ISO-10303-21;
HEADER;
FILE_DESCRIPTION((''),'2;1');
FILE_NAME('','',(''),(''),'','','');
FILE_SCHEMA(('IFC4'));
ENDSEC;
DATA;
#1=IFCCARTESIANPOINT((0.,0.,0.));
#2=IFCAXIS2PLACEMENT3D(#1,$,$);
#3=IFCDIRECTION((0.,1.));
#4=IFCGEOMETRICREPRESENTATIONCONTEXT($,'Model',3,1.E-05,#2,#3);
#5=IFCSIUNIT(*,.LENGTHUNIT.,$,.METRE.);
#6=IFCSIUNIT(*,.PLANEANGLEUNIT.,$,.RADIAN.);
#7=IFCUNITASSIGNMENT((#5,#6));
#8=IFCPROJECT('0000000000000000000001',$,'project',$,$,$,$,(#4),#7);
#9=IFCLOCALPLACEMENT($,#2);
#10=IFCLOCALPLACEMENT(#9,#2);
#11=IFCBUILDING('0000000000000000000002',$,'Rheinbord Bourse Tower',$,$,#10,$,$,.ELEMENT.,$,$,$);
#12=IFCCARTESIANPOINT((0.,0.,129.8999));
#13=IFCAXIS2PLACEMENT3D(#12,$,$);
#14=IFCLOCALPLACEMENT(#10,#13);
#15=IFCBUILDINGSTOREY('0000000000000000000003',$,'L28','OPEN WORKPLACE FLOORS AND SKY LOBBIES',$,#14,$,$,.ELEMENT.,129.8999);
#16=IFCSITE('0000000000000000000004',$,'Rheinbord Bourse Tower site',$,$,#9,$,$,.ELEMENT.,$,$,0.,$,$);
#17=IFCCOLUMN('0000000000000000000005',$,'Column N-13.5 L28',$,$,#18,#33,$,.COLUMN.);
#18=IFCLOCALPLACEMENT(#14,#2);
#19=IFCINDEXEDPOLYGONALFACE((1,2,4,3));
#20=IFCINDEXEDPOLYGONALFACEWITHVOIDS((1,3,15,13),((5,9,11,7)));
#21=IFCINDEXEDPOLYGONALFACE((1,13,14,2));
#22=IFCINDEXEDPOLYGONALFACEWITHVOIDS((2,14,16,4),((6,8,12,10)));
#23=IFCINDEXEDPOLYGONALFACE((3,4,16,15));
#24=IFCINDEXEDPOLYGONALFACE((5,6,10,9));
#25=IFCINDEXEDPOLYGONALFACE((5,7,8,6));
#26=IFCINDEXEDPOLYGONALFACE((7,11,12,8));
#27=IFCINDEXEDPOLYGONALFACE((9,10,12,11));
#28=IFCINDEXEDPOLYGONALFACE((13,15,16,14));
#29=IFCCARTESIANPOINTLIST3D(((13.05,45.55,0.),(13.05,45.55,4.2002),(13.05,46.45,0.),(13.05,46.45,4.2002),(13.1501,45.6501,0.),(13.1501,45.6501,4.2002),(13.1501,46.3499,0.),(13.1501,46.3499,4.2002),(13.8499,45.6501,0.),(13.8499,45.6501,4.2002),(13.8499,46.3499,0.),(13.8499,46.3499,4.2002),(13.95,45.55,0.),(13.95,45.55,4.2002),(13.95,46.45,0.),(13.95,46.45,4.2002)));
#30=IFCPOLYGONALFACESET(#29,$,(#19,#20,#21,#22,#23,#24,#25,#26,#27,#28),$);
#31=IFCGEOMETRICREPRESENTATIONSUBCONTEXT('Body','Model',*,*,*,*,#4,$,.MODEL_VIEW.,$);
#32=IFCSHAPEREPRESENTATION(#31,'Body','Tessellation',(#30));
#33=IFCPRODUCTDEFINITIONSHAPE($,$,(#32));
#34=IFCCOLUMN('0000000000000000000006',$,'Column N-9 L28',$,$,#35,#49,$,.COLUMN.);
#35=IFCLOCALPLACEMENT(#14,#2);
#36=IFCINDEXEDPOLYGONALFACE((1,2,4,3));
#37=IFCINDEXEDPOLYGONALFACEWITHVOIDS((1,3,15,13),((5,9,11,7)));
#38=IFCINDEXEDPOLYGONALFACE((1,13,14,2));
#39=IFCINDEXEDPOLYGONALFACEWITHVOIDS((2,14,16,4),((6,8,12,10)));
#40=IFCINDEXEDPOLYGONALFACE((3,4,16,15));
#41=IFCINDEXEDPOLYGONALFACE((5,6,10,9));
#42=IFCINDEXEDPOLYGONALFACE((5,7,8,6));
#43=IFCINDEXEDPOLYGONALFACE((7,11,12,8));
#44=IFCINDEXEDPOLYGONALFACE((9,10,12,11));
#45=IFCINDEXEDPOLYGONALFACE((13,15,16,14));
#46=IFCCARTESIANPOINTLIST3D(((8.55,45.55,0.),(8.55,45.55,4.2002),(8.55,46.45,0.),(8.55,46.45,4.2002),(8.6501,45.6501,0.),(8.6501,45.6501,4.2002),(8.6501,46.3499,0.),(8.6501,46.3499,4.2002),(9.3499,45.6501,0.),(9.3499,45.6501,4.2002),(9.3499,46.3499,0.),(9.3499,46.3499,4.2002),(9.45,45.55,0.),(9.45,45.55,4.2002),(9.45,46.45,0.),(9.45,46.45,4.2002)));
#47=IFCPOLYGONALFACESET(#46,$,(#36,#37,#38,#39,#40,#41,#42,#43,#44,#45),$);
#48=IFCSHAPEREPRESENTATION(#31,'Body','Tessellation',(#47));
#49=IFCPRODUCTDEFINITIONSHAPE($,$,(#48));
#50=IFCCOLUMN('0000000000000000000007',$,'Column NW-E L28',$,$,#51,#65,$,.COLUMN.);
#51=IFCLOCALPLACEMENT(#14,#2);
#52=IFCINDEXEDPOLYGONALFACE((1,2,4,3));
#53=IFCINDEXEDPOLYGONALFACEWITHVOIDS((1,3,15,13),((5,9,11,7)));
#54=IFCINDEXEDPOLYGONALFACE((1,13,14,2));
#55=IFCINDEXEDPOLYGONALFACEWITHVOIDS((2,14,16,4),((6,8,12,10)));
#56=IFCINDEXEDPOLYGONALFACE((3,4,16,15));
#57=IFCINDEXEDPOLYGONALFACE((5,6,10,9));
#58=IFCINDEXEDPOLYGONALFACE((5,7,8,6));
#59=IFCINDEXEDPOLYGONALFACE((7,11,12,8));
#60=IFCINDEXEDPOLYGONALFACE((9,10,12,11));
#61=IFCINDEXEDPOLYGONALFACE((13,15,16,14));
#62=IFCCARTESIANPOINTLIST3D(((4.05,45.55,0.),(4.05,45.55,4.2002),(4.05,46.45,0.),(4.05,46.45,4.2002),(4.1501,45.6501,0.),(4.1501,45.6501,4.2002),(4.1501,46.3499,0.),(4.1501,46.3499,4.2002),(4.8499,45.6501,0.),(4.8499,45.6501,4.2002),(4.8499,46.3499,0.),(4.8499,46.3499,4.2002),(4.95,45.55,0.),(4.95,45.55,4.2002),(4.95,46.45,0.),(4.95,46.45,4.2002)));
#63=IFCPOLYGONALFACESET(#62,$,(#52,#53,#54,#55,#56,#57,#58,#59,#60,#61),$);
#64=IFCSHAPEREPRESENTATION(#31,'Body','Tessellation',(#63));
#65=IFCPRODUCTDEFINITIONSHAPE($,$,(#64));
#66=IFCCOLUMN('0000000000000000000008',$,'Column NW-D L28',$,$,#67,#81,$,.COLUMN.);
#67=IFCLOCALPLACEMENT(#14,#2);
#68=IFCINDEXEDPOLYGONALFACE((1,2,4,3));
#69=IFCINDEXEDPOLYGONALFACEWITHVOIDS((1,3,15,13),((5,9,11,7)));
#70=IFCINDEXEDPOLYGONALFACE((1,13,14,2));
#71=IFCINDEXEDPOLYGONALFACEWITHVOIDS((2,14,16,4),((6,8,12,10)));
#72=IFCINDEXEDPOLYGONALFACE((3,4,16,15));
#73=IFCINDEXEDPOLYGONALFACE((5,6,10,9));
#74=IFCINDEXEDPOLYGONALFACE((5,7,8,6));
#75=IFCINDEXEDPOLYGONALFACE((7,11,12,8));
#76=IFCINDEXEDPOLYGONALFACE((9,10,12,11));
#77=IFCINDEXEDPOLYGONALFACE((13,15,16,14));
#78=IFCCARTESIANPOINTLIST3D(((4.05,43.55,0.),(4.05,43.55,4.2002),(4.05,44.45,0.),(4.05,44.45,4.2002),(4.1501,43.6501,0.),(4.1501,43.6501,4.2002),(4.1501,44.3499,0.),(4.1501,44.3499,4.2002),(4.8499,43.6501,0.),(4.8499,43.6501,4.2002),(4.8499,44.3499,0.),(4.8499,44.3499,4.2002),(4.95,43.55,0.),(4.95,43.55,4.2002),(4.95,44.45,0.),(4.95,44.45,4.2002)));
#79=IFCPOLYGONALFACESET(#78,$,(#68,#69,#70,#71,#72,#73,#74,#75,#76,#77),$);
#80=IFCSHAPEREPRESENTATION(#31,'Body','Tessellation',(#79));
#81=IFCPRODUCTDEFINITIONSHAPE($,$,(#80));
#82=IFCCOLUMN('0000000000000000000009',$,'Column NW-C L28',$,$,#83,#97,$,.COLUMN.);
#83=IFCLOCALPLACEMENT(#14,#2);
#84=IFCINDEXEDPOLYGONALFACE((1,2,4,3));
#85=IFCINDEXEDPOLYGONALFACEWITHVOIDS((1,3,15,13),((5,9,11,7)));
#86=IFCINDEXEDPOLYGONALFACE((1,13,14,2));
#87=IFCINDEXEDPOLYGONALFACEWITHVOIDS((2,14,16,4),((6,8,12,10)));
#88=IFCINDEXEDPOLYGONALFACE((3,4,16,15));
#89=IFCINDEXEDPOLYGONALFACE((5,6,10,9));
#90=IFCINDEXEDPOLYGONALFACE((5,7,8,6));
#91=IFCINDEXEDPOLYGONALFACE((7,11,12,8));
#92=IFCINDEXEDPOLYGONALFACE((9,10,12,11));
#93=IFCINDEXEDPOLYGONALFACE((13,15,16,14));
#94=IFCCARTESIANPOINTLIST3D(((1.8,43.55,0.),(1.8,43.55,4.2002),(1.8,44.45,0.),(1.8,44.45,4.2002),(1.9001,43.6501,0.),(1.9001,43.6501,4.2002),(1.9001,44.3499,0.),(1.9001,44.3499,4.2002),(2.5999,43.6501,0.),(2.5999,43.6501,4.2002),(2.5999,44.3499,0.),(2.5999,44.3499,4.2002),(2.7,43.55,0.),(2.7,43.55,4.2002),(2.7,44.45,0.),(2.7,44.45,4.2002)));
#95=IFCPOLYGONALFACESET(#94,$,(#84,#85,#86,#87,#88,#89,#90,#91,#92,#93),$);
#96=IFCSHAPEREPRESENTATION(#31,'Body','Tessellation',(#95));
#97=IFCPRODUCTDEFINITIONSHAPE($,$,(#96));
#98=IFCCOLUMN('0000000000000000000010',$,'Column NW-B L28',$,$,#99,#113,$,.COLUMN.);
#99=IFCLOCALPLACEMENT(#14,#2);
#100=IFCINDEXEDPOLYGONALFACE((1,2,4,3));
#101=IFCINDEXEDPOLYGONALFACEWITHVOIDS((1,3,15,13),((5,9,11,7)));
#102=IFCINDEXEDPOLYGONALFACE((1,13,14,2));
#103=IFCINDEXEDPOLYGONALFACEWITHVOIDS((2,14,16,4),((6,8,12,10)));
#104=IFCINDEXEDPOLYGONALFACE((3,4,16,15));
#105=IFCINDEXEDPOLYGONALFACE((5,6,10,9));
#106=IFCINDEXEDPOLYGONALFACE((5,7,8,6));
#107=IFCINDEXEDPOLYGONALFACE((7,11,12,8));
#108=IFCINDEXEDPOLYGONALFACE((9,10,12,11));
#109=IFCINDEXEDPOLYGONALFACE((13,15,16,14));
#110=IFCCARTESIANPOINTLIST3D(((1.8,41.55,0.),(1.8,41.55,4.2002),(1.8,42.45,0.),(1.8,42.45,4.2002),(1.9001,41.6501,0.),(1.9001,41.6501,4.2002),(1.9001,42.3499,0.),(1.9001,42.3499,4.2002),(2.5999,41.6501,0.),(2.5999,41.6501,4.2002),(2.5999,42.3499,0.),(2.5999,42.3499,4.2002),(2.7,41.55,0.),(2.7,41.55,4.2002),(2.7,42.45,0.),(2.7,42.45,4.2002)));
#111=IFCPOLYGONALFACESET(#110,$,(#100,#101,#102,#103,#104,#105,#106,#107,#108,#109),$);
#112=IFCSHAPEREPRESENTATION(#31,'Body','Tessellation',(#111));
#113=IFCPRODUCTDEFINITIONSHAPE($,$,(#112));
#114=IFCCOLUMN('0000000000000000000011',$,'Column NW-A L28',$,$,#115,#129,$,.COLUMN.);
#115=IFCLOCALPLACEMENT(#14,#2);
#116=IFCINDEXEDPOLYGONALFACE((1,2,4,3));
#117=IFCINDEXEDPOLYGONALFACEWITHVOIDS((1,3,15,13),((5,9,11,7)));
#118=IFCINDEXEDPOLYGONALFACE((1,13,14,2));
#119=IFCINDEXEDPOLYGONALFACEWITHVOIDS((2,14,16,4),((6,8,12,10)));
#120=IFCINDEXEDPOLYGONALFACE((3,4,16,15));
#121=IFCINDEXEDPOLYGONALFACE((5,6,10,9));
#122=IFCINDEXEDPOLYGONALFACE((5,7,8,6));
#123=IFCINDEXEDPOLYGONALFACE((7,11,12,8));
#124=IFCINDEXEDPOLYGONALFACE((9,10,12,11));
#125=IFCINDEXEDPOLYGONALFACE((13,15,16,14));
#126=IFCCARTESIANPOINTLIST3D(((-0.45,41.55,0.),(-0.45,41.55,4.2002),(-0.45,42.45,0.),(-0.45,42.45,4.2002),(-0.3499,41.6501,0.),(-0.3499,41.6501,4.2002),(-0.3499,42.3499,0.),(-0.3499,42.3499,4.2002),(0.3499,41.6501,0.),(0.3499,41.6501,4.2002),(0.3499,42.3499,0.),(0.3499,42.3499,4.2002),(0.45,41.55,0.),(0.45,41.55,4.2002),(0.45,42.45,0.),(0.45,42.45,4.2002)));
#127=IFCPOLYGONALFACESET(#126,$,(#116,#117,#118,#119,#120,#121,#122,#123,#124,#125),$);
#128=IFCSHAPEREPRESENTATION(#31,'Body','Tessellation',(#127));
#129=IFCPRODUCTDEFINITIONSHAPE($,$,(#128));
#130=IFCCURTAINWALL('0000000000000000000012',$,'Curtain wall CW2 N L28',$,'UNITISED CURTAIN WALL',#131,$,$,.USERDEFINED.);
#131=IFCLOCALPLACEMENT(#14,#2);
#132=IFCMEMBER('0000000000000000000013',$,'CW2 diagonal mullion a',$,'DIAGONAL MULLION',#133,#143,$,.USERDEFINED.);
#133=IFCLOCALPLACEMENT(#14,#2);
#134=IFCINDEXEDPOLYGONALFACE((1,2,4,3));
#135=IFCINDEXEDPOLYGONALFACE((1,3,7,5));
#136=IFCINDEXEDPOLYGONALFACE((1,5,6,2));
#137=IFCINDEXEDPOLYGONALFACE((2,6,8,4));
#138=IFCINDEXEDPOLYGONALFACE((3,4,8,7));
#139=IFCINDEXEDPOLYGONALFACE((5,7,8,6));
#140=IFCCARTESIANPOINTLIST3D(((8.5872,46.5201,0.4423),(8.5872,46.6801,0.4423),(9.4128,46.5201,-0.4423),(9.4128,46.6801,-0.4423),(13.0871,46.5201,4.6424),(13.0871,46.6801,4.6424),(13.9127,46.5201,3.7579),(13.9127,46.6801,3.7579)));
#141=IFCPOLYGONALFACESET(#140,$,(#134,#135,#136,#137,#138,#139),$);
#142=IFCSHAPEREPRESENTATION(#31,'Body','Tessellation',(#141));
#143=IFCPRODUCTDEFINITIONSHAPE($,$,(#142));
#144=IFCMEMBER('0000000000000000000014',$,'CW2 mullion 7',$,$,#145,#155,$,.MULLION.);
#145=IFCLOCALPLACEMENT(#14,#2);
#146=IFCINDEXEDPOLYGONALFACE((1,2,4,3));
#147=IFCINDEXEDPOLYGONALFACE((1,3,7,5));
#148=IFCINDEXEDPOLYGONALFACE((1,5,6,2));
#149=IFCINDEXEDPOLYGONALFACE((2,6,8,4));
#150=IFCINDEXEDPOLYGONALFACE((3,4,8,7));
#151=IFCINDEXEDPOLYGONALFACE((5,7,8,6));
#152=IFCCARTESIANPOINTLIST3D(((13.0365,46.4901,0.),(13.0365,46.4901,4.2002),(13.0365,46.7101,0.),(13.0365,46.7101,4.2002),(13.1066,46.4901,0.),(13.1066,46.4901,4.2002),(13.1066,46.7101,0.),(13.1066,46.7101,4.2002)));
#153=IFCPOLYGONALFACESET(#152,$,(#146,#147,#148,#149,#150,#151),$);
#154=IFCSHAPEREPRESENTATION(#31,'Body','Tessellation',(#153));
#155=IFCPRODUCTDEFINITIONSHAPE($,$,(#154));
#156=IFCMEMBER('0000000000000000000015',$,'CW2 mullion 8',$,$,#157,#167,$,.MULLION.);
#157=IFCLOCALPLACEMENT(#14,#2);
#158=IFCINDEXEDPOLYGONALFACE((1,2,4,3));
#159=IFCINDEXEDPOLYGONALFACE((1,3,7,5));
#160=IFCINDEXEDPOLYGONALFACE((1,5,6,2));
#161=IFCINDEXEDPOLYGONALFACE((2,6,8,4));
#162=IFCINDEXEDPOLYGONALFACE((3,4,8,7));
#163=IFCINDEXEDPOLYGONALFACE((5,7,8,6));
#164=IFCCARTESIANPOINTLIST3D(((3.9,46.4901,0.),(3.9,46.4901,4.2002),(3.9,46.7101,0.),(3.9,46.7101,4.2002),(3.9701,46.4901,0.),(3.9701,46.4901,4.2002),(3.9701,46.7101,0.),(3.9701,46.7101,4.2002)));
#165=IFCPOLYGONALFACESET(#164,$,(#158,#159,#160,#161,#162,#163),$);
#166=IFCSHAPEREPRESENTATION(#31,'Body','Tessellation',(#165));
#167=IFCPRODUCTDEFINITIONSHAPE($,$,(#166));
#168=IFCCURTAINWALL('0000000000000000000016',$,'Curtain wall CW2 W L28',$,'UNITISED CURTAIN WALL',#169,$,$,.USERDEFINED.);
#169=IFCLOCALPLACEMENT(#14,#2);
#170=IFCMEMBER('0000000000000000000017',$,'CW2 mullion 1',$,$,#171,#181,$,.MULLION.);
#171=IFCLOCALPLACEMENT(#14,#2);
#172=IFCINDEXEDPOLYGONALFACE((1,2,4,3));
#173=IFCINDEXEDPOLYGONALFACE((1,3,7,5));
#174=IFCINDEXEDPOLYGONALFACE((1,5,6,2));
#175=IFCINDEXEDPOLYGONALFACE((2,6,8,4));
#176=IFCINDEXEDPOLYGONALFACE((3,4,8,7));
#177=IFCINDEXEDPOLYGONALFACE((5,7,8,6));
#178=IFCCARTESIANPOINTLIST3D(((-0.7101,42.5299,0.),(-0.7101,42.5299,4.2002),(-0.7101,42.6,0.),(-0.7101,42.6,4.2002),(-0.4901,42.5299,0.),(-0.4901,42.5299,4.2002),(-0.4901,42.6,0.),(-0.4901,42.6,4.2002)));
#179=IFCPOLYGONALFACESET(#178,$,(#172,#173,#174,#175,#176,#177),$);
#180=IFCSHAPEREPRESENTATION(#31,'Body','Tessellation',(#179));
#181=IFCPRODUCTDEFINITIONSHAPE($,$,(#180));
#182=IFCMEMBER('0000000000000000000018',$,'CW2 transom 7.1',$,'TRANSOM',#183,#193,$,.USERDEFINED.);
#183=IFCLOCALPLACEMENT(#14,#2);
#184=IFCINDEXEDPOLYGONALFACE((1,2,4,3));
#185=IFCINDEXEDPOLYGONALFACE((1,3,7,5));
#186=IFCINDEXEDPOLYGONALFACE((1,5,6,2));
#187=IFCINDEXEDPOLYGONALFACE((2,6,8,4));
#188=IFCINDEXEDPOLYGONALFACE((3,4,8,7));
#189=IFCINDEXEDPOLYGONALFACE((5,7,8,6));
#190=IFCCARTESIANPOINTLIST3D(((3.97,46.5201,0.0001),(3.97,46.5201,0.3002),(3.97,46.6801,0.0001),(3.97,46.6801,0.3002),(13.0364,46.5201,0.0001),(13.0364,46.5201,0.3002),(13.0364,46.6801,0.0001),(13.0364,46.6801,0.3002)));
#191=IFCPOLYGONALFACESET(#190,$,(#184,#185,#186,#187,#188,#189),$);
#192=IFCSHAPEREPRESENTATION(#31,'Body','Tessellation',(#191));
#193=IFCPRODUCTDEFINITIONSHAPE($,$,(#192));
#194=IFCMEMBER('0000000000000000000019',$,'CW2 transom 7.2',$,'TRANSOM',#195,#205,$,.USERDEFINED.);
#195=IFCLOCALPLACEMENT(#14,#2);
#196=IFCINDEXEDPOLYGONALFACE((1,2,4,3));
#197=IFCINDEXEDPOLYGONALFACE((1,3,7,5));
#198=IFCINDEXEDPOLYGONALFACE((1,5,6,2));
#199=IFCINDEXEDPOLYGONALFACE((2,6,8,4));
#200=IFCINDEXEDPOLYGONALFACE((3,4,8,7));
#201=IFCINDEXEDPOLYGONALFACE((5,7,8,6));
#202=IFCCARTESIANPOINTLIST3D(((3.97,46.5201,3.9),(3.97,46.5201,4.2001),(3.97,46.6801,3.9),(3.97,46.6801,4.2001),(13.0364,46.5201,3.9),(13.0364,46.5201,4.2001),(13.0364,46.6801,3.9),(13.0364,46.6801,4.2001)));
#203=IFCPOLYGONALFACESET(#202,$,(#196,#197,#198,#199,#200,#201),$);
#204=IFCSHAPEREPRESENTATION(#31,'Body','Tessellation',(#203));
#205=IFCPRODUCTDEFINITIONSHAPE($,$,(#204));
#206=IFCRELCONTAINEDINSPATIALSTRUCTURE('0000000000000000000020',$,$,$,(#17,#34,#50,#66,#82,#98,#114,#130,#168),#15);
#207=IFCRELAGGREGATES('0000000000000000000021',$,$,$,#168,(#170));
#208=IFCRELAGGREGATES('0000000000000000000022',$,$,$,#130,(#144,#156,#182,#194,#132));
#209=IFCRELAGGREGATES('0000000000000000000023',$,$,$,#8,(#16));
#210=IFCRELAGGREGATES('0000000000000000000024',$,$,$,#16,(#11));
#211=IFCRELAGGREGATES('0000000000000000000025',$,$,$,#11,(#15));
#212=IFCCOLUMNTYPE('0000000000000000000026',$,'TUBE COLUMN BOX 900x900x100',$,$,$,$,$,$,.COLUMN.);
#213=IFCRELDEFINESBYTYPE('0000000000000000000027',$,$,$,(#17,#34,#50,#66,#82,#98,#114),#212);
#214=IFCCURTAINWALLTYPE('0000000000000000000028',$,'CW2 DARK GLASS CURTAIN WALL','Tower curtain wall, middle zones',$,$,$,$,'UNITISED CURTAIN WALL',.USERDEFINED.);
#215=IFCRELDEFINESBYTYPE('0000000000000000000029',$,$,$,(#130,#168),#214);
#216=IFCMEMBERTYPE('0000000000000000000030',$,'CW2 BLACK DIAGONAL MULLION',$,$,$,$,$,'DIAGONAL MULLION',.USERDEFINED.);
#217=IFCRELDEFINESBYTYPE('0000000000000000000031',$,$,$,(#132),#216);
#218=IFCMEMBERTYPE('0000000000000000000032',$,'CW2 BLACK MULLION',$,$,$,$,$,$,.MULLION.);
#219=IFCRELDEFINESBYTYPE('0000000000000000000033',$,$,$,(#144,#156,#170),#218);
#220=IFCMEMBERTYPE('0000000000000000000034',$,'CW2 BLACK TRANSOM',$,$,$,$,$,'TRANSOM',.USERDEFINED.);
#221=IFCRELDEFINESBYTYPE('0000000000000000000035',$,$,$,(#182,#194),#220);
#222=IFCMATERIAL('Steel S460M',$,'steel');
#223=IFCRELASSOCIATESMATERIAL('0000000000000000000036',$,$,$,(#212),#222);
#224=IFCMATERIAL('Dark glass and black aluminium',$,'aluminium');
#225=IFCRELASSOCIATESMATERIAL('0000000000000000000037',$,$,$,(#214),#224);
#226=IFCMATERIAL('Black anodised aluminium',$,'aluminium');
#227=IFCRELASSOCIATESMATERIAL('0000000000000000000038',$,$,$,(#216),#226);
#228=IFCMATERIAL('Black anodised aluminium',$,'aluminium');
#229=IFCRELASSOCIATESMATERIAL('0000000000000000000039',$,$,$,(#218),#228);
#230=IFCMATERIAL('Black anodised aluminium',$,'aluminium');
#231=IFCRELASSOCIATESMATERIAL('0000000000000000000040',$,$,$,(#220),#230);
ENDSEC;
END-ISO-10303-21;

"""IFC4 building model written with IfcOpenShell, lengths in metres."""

from ifc_helpers import new_model, si_unit, direction, frame, origin, origin_2d, place, context, subcontext, project, spatial, rectangle, hollow_rectangle, extrude, material, material_profile, profile_set, type_object, element, aggregate, save


model = new_model("IFC4")

# Units and contexts
model_context = context("Model", 3, precision=1e-05, world=origin(), true_north=direction((0.0, 1.0)))
body_context = subcontext(model_context, "Body", "Model", "MODEL_VIEW")
ifc_project = project(units=[si_unit("LENGTHUNIT", "METRE"), si_unit("PLANEANGLEUNIT", "RADIAN")], contexts=[model_context])

# Site, building, storey
site_placement = place(None, origin())
site = spatial("IfcSite", under=ifc_project, at=site_placement, Name="Rheinbord Bourse Tower site", CompositionType="ELEMENT", RefElevation=0.0)
building_placement = place(site_placement, origin())
building = spatial("IfcBuilding", under=site, at=building_placement, Name="Rheinbord Bourse Tower", CompositionType="ELEMENT")
storey_placement = place(building_placement, frame((0.0, 0.0, 129.8999)))
storey = spatial("IfcBuildingStorey", under=building, at=storey_placement, Name="L28", Description="OPEN WORKPLACE FLOORS AND SKY LOBBIES", CompositionType="ELEMENT", Elevation=129.8999)

# Columns
ifc_material_1 = material(Name="Steel S460M", Category="steel")
ifc_material_profile_1 = material_profile(ifc_material_1, hollow_rectangle(XDim=0.8999, YDim=0.8999, WallThickness=0.1001, at=origin_2d()), Name="BOX 900x900x100")
ifc_profile_set_1 = profile_set([ifc_material_profile_1], Name="Steel S460M")
column_type = type_object("IfcColumnType", Name="TUBE COLUMN BOX 900x900x100", PredefinedType="COLUMN", material=ifc_profile_set_1)
for number, where, z_axis, x_axis, name in (
    (1, (13.5, 46.0, 0.0), (0.0, 0.0, 1.0), (0.0, 1.0, 0.0), "Column N-13.5 L28"),
    (2, (9.0, 46.0, 0.0), (0.0, 0.0, 1.0), (0.0, 1.0, 0.0), "Column N-9 L28"),
    (3, (4.5, 46.0, 0.0), (0.0, 0.0, 1.0), (0.0, 1.0, 0.0), "Column NW-E L28"),
    (4, (4.5, 44.0, 0.0), (0.0, 0.0, 1.0), (0.0, 1.0, 0.0), "Column NW-D L28"),
    (5, (2.25, 44.0, 0.0), (0.0, 0.0, 1.0), (1.0, 0.0, 0.0), "Column NW-C L28"),
    (6, (2.25, 42.0, 0.0), (0.0, 0.0, 1.0), (1.0, 0.0, 0.0), "Column NW-B L28"),
    (7, (0.0, 42.0, 0.0), (0.0, 0.0, 1.0), (1.0, 0.0, 0.0), "Column NW-A L28"),
):
    element("IfcColumn", number, at=place(storey_placement, frame(where, z_axis=z_axis, x_axis=x_axis)), inside=storey, type_object=column_type, Name=name, PredefinedType="COLUMN", context=body_context, shape_type="SweptSolid", body=[
        extrude(hollow_rectangle(XDim=0.8999, YDim=0.8999, WallThickness=0.1001, at=origin_2d()), origin(), (0.0, 0.0, 1.0), 4.2002),
    ])

# Curtain wall, members
ifc_material_2 = material(Name="Dark glass and black aluminium", Category="aluminium")
curtain_wall_type = type_object("IfcCurtainWallType", Name="CW2 DARK GLASS CURTAIN WALL", Description="Tower curtain wall, middle zones", ElementType="UNITISED CURTAIN WALL", PredefinedType="USERDEFINED", material=ifc_material_2)
curtain_wall_1_placement = place(storey_placement, origin())
curtain_wall_1 = element("IfcCurtainWall", 8, at=curtain_wall_1_placement, inside=storey, type_object=curtain_wall_type, Name="Curtain wall CW2 N L28", ObjectType="UNITISED CURTAIN WALL", PredefinedType="USERDEFINED")
ifc_material_3 = material(Name="Black anodised aluminium", Category="aluminium")
ifc_material_profile_2 = material_profile(ifc_material_3, rectangle(XDim=0.1599, YDim=1.21, at=origin_2d()), Name="CW2 DIAGONAL MULLION 1210x160")
ifc_profile_set_2 = profile_set([ifc_material_profile_2], Name="Black anodised aluminium")
member_type_1 = type_object("IfcMemberType", Name="CW2 BLACK DIAGONAL MULLION", ElementType="DIAGONAL MULLION", PredefinedType="USERDEFINED", material=ifc_profile_set_2)
member_1_placement = place(storey_placement, frame((9.0, 46.6001, 0.0), z_axis=(0.731039, 0.0, 0.682335), x_axis=(0.0, 1.0, 0.0)))
member_1 = element("IfcMember", 9, at=member_1_placement, type_object=member_type_1, Name="CW2 diagonal mullion a", ObjectType="DIAGONAL MULLION", PredefinedType="USERDEFINED", context=body_context, shape_type="SweptSolid", body=[
    extrude(rectangle(XDim=0.1599, YDim=1.21, at=origin_2d()), origin(), (0.0, 0.0, 1.0), 6.1555),
])
ifc_material_4 = material(Name="Black anodised aluminium", Category="aluminium")
ifc_material_profile_3 = material_profile(ifc_material_4, rectangle(XDim=0.22, YDim=0.0701, at=origin_2d()), Name="CW2 MULLION 70x220")
ifc_profile_set_3 = profile_set([ifc_material_profile_3], Name="Black anodised aluminium")
member_type_2 = type_object("IfcMemberType", Name="CW2 BLACK MULLION", PredefinedType="MULLION", material=ifc_profile_set_3)
member_2_placement = place(storey_placement, frame((13.0715, 46.6001, 0.0), z_axis=(0.0, 0.0, 1.0), x_axis=(0.0, -1.0, 0.0)))
member_2 = element("IfcMember", 10, at=member_2_placement, type_object=member_type_2, Name="CW2 mullion 7", PredefinedType="MULLION", context=body_context, shape_type="SweptSolid", body=[
    extrude(rectangle(XDim=0.22, YDim=0.0701, at=origin_2d()), origin(), (0.0, 0.0, 1.0), 4.2002),
])
member_3_placement = place(storey_placement, frame((3.9351, 46.6001, 0.0), z_axis=(0.0, 0.0, 1.0), x_axis=(0.0, -1.0, 0.0)))
member_3 = element("IfcMember", 11, at=member_3_placement, type_object=member_type_2, Name="CW2 mullion 8", PredefinedType="MULLION", context=body_context, shape_type="SweptSolid", body=[
    extrude(rectangle(XDim=0.22, YDim=0.0701, at=origin_2d()), origin(), (0.0, 0.0, 1.0), 4.2002),
])

# Curtain wall, member
curtain_wall_2_placement = place(storey_placement, origin())
curtain_wall_2 = element("IfcCurtainWall", 12, at=curtain_wall_2_placement, inside=storey, type_object=curtain_wall_type, Name="Curtain wall CW2 W L28", ObjectType="UNITISED CURTAIN WALL", PredefinedType="USERDEFINED")
member_4_placement = place(storey_placement, frame((-0.6001, 42.5649, 0.0), z_axis=(0.0, 0.0, 1.0), x_axis=(1.0, 0.0, 0.0)))
member_4 = element("IfcMember", 13, at=member_4_placement, type_object=member_type_2, Name="CW2 mullion 1", PredefinedType="MULLION", context=body_context, shape_type="SweptSolid", body=[
    extrude(rectangle(XDim=0.22, YDim=0.0701, at=origin_2d()), origin(), (0.0, 0.0, 1.0), 4.2002),
])

# Members
ifc_material_5 = material(Name="Black anodised aluminium", Category="aluminium")
ifc_material_profile_4 = material_profile(ifc_material_5, rectangle(XDim=0.1599, YDim=0.3, at=origin_2d()), Name="CW2 TRANSOM 300x160")
ifc_profile_set_4 = profile_set([ifc_material_profile_4], Name="Black anodised aluminium")
member_type_3 = type_object("IfcMemberType", Name="CW2 BLACK TRANSOM", ElementType="TRANSOM", PredefinedType="USERDEFINED", material=ifc_profile_set_4)
member_5_placement = place(storey_placement, frame((13.0364, 46.6001, 0.1501), z_axis=(-1.0, 0.0, 0.0), x_axis=(0.0, -1.0, 0.0)))
member_5 = element("IfcMember", 14, at=member_5_placement, type_object=member_type_3, Name="CW2 transom 7.1", ObjectType="TRANSOM", PredefinedType="USERDEFINED", context=body_context, shape_type="SweptSolid", body=[
    extrude(rectangle(XDim=0.1599, YDim=0.3, at=origin_2d()), origin(), (0.0, 0.0, 1.0), 9.0664),
])
member_6_placement = place(storey_placement, frame((13.0364, 46.6001, 4.05), z_axis=(-1.0, 0.0, 0.0), x_axis=(0.0, -1.0, 0.0)))
member_6 = element("IfcMember", 15, at=member_6_placement, type_object=member_type_3, Name="CW2 transom 7.2", ObjectType="TRANSOM", PredefinedType="USERDEFINED", context=body_context, shape_type="SweptSolid", body=[
    extrude(rectangle(XDim=0.1599, YDim=0.3, at=origin_2d()), origin(), (0.0, 0.0, 1.0), 9.0664),
])
aggregate(curtain_wall_2, [member_4])

aggregate(curtain_wall_1, [member_2, member_3, member_5, member_6, member_1])

save(model, "model.ifc")
